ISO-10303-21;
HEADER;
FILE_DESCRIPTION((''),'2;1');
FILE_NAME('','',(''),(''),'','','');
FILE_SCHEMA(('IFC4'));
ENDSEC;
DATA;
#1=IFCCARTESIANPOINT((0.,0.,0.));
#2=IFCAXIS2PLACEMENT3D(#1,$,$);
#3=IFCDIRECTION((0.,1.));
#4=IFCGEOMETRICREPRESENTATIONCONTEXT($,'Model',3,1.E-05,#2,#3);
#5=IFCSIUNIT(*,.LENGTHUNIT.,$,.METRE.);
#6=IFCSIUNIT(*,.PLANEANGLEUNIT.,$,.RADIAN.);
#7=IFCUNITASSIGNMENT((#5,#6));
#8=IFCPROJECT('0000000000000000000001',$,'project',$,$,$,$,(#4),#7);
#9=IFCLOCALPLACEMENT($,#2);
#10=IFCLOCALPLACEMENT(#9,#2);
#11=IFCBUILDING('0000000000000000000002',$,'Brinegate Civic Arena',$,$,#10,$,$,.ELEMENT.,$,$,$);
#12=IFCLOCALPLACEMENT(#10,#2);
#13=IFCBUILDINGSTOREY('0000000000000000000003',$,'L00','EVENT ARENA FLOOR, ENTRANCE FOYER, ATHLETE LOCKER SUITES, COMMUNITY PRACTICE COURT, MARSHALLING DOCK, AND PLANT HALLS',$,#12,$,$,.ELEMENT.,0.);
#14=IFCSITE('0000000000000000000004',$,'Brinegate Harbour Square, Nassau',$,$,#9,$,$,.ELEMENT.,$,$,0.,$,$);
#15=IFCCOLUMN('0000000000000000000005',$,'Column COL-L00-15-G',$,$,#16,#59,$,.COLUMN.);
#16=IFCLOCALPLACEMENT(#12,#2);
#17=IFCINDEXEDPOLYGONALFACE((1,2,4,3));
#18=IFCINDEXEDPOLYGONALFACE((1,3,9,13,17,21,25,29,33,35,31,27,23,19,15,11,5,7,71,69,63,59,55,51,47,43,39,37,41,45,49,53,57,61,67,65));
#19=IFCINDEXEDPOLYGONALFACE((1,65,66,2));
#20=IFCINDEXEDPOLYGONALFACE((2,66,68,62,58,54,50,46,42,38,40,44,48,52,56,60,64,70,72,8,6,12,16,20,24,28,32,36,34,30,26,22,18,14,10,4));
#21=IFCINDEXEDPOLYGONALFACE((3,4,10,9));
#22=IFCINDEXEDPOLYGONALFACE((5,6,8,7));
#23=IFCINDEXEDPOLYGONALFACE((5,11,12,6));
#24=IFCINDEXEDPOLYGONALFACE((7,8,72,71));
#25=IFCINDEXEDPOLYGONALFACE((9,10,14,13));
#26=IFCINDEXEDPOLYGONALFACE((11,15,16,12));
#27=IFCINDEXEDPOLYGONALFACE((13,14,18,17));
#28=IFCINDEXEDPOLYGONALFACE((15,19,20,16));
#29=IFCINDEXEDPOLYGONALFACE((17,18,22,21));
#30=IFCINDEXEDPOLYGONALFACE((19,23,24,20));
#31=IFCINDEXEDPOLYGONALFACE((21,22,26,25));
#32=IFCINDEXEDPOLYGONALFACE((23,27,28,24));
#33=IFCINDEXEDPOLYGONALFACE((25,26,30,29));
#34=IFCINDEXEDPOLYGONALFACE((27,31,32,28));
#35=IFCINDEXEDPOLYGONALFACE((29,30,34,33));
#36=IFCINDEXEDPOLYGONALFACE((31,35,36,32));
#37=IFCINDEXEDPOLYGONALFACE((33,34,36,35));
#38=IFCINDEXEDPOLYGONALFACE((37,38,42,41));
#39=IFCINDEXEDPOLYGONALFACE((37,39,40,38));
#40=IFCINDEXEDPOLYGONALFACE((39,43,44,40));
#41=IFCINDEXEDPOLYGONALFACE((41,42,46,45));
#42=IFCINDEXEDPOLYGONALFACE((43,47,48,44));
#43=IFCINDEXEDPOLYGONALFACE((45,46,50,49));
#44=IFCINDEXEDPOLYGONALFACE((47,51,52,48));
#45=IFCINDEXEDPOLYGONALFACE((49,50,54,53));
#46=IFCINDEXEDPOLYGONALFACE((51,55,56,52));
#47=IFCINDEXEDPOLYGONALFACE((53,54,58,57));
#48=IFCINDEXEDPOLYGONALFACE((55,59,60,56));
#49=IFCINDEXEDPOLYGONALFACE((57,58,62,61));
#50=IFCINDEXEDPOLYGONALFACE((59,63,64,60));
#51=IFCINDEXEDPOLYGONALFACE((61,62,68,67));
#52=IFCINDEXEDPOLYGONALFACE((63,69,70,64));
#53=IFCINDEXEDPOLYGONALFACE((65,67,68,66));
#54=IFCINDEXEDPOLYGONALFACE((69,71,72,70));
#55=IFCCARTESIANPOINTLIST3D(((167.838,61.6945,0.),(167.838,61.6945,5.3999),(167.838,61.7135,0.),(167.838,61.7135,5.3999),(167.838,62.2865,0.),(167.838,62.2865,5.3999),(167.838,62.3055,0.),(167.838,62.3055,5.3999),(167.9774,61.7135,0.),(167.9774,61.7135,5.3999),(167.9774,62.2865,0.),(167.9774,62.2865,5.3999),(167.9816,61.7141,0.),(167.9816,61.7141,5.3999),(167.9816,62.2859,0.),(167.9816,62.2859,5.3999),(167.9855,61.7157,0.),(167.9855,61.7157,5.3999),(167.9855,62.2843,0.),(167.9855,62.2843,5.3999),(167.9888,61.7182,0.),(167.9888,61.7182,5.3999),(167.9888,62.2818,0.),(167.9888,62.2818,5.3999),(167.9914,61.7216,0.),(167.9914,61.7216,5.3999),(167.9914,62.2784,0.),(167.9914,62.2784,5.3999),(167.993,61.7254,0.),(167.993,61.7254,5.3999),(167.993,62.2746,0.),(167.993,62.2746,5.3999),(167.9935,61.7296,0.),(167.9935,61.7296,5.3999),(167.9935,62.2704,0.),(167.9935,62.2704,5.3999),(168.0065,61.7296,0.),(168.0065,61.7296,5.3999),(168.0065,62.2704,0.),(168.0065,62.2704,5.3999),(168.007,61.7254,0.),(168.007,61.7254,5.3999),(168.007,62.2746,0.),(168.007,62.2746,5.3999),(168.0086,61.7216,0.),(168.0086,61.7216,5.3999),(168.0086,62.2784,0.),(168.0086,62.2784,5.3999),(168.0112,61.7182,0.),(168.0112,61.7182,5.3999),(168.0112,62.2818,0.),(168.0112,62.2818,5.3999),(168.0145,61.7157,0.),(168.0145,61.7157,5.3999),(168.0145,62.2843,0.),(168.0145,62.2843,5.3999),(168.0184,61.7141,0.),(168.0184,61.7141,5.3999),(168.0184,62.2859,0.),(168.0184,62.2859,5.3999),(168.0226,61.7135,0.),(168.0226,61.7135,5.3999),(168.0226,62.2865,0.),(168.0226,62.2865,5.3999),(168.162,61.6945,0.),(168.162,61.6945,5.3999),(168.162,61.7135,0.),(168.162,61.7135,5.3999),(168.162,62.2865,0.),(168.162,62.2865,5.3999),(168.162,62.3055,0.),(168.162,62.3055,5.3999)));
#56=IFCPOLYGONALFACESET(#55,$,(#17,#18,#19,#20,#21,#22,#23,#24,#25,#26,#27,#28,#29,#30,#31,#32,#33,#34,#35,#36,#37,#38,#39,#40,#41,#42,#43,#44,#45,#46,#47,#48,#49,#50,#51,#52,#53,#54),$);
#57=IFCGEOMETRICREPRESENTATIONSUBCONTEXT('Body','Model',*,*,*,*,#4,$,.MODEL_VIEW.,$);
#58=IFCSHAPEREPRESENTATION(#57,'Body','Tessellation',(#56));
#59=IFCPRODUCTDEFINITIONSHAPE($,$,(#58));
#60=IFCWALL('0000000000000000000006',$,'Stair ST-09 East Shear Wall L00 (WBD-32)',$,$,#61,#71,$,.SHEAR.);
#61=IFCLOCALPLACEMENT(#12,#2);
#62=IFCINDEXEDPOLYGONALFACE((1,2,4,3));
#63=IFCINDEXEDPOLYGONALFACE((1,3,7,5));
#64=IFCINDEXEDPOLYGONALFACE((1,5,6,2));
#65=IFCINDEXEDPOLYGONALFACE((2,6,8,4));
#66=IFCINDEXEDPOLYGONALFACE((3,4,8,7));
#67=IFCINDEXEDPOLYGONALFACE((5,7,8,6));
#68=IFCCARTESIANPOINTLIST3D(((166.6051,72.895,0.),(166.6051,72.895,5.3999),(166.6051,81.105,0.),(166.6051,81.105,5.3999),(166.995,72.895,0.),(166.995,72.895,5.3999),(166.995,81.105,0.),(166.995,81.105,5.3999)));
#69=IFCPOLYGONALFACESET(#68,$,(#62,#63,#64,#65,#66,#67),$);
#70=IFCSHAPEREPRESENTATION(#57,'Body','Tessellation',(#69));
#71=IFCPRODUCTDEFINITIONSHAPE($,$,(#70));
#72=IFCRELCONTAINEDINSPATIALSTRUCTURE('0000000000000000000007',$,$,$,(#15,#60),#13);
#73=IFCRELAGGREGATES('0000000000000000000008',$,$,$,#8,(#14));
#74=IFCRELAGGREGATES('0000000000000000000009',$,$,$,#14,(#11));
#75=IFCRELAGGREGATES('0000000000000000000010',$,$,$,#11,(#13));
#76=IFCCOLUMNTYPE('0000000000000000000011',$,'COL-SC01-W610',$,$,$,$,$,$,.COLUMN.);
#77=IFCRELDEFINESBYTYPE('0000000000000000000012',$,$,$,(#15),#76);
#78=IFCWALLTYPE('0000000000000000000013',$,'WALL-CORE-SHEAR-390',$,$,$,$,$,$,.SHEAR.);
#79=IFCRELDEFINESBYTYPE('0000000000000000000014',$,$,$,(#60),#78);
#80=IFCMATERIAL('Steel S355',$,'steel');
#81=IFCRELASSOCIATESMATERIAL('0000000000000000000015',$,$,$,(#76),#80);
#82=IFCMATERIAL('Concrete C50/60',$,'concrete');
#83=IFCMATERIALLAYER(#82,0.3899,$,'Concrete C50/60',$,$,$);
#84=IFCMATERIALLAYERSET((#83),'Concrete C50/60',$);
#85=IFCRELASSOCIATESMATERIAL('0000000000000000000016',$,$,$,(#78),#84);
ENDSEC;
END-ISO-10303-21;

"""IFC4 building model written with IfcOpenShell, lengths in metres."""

from ifc_helpers import new_model, si_unit, direction, frame, frame_2d, origin, origin_2d, place, context, subcontext, project, spatial, rectangle, i_section, extrude, material, layer, layer_set, material_profile, profile_set, type_object, element, save


model = new_model("IFC4")

# Units and contexts
model_context = context("Model", 3, precision=1e-05, world=origin(), true_north=direction((0.0, 1.0)))
body_context = subcontext(model_context, "Body", "Model", "MODEL_VIEW")
ifc_project = project(units=[si_unit("LENGTHUNIT", "METRE"), si_unit("PLANEANGLEUNIT", "RADIAN")], contexts=[model_context])

# Site, building, storey
site_placement = place(None, origin())
site = spatial("IfcSite", under=ifc_project, at=site_placement, Name="Brinegate Harbour Square, Nassau", CompositionType="ELEMENT", RefElevation=0.0)
building_placement = place(site_placement, origin())
building = spatial("IfcBuilding", under=site, at=building_placement, Name="Brinegate Civic Arena", CompositionType="ELEMENT")
storey_placement = place(building_placement, origin())
storey = spatial("IfcBuildingStorey", under=building, at=storey_placement, Name="L00", Description="EVENT ARENA FLOOR, ENTRANCE FOYER, ATHLETE LOCKER SUITES, COMMUNITY PRACTICE COURT, MARSHALLING DOCK, AND PLANT HALLS", CompositionType="ELEMENT", Elevation=0.0)

# Column
ifc_material_1 = material(Name="Concrete C50/60", Category="concrete")
ifc_material_2 = material(Name="Steel S355", Category="steel")
ifc_material_profile_1 = material_profile(ifc_material_2, i_section(OverallWidth=0.324, OverallDepth=0.6111, WebThickness=0.0129, FlangeThickness=0.019, FilletRadius=0.0161, at=origin_2d()), Name="W610X155")
ifc_profile_set_1 = profile_set([ifc_material_profile_1], Name="Steel S355")
column_type_1 = type_object("IfcColumnType", Name="COL-SC01-W610", PredefinedType="COLUMN", material=ifc_profile_set_1)
column_1_placement = place(storey_placement, frame((168.0, 62.0, 0.0), z_axis=(0.0, 0.0, 1.0), x_axis=(1.0, 0.0, 0.0)))
element("IfcColumn", 1, at=column_1_placement, inside=storey, type_object=column_type_1, Name="Column COL-L00-15-G", PredefinedType="COLUMN", context=body_context, shape_type="SweptSolid", body=[
    extrude(i_section(OverallWidth=0.324, OverallDepth=0.6111, WebThickness=0.0129, FlangeThickness=0.019, FilletRadius=0.0161, at=origin_2d()), origin(), (0.0, 0.0, 1.0), 5.3999),
])

# Wall
ifc_layer_1 = layer(ifc_material_1, 0.3899, Name="Concrete C50/60")
ifc_layer_set_1 = layer_set([ifc_layer_1], Name="Concrete C50/60")
wall_type = type_object("IfcWallType", Name="WALL-CORE-SHEAR-390", PredefinedType="SHEAR", material=ifc_layer_set_1)
wall_placement = place(storey_placement, frame((166.8, 72.895, 0.0), z_axis=(0.0, 0.0, 1.0), x_axis=(0.0, 1.0, 0.0)))
element("IfcWall", 2, at=wall_placement, inside=storey, type_object=wall_type, Name="Stair ST-09 East Shear Wall L00 (WBD-32)", PredefinedType="SHEAR", context=body_context, shape_type="SweptSolid", body=[
    extrude(rectangle(XDim=8.21, YDim=0.3899, at=frame_2d((4.105, 0.0))), origin(), (0.0, 0.0, 1.0), 5.3999),
])

save(model, "model.ifc")
